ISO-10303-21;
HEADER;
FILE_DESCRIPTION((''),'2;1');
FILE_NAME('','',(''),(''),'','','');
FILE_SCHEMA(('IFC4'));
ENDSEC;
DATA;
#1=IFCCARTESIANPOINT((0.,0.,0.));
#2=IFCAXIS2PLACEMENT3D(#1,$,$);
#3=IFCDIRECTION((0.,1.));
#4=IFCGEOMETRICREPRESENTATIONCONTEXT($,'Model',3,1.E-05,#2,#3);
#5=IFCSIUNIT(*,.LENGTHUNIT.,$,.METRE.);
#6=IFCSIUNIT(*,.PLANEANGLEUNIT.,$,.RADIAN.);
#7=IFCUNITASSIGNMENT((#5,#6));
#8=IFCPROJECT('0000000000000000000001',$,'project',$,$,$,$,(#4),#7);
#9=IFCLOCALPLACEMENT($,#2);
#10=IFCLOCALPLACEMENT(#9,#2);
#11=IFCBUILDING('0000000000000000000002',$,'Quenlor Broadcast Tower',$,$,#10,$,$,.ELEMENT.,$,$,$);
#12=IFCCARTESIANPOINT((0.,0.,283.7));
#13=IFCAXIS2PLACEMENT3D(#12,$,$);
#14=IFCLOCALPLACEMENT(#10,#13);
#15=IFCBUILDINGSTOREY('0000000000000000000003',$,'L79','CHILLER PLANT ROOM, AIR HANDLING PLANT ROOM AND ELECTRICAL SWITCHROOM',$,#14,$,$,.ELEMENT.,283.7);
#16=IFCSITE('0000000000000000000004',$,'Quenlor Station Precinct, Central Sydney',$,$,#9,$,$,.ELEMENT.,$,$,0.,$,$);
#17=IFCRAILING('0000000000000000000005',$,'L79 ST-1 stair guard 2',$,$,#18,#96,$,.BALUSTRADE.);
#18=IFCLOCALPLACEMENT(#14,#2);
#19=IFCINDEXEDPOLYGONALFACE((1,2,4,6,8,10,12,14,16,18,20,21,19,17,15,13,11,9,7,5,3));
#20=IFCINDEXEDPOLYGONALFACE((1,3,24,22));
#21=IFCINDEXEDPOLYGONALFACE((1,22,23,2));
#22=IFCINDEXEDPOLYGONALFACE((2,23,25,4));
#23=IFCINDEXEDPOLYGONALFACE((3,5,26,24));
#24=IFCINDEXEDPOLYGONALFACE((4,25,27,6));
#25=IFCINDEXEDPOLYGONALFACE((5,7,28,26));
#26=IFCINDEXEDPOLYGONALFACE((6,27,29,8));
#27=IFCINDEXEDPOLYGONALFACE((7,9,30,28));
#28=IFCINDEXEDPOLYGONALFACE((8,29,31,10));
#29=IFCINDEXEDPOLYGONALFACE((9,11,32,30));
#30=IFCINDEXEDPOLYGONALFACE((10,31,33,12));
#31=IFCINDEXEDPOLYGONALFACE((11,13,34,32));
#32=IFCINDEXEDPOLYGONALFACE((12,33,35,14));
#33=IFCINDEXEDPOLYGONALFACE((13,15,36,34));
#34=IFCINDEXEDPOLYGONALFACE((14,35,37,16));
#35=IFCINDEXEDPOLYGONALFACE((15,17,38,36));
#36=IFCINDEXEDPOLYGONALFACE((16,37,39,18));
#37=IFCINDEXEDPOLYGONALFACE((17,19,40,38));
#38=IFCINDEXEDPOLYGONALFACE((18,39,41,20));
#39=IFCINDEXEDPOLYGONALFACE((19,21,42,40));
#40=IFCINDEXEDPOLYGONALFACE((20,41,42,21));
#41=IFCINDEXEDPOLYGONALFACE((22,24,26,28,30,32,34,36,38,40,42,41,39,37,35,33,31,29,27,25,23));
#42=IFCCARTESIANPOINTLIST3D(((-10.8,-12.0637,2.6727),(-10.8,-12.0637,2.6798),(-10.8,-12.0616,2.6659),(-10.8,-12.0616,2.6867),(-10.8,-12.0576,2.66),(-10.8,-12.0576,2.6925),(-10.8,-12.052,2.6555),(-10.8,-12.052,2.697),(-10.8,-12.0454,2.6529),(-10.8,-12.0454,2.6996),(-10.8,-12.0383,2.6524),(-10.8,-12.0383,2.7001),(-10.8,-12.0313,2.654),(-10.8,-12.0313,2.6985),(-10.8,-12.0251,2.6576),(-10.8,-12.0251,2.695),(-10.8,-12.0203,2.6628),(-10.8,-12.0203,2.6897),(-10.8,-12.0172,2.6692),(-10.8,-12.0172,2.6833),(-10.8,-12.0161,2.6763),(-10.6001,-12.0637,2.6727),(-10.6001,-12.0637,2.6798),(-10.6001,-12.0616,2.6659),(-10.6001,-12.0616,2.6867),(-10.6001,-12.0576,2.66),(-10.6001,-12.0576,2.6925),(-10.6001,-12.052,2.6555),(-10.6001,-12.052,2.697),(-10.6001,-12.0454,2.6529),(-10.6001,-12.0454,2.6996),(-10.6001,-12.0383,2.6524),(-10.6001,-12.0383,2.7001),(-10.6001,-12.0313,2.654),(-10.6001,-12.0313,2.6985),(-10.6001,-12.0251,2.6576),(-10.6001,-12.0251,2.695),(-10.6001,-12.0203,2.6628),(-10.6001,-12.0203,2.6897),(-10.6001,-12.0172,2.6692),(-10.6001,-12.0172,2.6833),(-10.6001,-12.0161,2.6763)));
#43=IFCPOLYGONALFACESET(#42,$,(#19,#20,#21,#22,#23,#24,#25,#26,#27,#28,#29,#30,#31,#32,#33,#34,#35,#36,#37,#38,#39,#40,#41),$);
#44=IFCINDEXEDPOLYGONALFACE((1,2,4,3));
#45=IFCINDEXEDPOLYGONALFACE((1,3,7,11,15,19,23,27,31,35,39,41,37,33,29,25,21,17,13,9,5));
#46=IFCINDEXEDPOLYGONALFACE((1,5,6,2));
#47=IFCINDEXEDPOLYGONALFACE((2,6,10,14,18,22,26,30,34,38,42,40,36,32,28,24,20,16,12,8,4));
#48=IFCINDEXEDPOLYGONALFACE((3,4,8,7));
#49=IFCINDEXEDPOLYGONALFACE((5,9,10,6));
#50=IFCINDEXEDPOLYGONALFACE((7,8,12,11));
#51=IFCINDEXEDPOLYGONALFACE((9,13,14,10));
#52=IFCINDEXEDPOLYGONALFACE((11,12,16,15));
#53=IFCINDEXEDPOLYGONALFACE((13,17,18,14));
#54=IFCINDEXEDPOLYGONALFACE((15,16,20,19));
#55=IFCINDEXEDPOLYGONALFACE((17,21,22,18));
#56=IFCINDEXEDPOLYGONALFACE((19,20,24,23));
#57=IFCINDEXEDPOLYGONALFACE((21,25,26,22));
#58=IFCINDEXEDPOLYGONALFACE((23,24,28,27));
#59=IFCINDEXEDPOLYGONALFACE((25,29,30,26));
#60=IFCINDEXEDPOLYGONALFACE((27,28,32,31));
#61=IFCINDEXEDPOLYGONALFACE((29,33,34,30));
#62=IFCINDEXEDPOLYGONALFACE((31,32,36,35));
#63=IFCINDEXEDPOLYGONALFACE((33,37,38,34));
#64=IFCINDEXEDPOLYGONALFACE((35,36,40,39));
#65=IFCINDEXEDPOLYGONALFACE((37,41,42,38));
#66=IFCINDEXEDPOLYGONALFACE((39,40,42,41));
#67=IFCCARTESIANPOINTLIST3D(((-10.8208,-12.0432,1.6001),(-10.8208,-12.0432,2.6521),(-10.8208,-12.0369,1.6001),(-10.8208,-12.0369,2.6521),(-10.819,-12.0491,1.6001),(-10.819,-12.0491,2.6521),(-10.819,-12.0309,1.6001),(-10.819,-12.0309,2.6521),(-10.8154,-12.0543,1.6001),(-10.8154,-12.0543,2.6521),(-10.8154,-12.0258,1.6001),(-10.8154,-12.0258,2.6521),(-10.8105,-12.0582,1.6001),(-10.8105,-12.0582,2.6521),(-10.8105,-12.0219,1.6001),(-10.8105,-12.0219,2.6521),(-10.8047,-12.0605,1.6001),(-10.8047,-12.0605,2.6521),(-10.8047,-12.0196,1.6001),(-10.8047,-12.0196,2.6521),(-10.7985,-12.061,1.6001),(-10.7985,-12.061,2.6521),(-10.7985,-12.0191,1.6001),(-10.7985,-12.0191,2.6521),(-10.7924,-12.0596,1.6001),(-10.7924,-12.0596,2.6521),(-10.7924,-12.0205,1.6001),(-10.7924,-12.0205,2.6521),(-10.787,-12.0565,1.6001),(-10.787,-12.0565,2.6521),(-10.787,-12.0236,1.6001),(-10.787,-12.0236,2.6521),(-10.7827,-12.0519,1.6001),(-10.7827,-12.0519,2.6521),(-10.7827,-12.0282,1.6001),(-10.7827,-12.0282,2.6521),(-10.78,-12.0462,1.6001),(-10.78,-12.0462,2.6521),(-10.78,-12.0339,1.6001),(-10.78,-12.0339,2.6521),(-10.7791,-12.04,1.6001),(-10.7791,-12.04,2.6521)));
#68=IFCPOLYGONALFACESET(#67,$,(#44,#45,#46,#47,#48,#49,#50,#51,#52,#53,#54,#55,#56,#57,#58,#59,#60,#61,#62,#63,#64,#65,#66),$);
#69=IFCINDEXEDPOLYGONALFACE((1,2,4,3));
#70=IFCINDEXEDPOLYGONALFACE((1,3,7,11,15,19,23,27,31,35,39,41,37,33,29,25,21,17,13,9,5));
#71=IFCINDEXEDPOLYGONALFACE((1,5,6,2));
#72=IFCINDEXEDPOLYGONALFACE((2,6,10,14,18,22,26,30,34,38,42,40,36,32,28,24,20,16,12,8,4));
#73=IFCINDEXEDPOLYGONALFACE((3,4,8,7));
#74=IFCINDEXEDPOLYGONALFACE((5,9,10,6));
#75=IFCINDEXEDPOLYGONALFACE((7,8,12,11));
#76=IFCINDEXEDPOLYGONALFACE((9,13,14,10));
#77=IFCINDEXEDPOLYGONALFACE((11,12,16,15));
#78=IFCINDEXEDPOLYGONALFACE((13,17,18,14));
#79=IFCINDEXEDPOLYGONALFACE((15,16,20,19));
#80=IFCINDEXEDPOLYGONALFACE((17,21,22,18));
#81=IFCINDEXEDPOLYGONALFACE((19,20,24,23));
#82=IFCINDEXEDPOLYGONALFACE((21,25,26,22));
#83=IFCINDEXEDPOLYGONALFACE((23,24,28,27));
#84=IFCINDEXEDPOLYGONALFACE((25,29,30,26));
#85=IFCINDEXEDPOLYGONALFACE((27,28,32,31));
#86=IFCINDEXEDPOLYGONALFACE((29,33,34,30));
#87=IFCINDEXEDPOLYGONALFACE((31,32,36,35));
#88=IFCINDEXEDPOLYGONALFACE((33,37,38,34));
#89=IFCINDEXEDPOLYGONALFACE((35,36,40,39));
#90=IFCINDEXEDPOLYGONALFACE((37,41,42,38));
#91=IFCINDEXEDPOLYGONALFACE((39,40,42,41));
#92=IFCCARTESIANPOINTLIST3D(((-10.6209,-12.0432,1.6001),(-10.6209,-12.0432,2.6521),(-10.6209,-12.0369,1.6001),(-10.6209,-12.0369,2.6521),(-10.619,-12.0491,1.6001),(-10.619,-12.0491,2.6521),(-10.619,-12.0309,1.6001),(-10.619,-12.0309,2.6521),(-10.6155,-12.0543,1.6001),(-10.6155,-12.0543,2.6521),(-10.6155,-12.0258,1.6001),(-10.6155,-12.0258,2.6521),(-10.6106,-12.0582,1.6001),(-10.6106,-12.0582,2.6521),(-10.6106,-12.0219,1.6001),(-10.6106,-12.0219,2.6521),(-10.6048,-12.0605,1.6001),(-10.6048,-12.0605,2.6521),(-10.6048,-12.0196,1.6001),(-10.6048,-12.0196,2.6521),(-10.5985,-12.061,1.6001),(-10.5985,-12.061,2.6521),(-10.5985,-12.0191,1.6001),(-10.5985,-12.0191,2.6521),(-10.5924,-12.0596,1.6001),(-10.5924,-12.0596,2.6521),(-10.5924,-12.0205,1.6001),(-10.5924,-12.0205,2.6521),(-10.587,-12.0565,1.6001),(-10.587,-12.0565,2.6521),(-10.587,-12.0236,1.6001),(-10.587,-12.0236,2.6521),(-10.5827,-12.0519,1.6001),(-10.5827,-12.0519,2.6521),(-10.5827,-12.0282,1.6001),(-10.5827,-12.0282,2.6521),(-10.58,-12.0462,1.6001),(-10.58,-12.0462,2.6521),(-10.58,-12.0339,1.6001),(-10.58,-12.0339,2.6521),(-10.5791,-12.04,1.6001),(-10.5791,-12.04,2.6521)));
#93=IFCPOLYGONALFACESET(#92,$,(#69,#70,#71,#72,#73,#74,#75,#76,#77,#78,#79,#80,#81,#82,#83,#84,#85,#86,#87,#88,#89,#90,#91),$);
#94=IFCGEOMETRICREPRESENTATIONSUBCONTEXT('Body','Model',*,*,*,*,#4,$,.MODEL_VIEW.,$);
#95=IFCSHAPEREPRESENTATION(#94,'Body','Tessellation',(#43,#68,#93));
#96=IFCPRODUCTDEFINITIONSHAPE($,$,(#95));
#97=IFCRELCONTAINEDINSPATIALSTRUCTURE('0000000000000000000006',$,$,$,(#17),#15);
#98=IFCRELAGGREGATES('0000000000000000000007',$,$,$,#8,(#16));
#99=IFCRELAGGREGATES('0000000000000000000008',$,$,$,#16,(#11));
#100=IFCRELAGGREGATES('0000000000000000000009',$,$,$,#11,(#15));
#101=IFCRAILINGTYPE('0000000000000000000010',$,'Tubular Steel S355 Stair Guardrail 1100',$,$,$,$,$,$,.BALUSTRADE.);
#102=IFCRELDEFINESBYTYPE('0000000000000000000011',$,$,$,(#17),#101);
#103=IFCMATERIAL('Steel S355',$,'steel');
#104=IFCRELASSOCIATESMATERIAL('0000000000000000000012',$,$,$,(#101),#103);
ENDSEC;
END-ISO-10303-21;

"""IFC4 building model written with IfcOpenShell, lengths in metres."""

from ifc_helpers import new_model, si_unit, direction, frame, origin, origin_2d, place, context, subcontext, project, spatial, circle, extrude, material, type_object, element, save


model = new_model("IFC4")

# Units and contexts
model_context = context("Model", 3, precision=1e-05, world=origin(), true_north=direction((0.0, 1.0)))
body_context = subcontext(model_context, "Body", "Model", "MODEL_VIEW")
ifc_project = project(units=[si_unit("LENGTHUNIT", "METRE"), si_unit("PLANEANGLEUNIT", "RADIAN")], contexts=[model_context])

# Site, building, storey
site_placement = place(None, origin())
site = spatial("IfcSite", under=ifc_project, at=site_placement, Name="Quenlor Station Precinct, Central Sydney", CompositionType="ELEMENT", RefElevation=0.0)
building_placement = place(site_placement, origin())
building = spatial("IfcBuilding", under=site, at=building_placement, Name="Quenlor Broadcast Tower", CompositionType="ELEMENT")
storey_placement = place(building_placement, frame((0.0, 0.0, 283.7)))
storey = spatial("IfcBuildingStorey", under=building, at=storey_placement, Name="L79", Description="CHILLER PLANT ROOM, AIR HANDLING PLANT ROOM AND ELECTRICAL SWITCHROOM", CompositionType="ELEMENT", Elevation=283.7)

# Railing
ifc_material_1 = material(Name="Steel S355", Category="steel")
railing_type_1 = type_object("IfcRailingType", Name="Tubular Steel S355 Stair Guardrail 1100", PredefinedType="BALUSTRADE", material=ifc_material_1)
railing_1_placement = place(storey_placement, frame((-10.8, -12.04, 1.6001)))
element("IfcRailing", 1, at=railing_1_placement, inside=storey, type_object=railing_type_1, Name="L79 ST-1 stair guard 2", PredefinedType="BALUSTRADE", context=body_context, shape_type="SweptSolid", body=[
    extrude(circle(Radius=0.0239, at=origin_2d()), frame((0.0, 0.0, 1.0762), z_axis=(1.0, 0.0, 0.0), x_axis=(0.0, 1.0, 0.0)), (0.0, 0.0, 1.0), 0.2),
    extrude(circle(Radius=0.021, at=origin_2d()), origin(), (0.0, 0.0, 1.0), 1.052),
    extrude(circle(Radius=0.021, at=origin_2d()), frame((0.2, 0.0, 0.0)), (0.0, 0.0, 1.0), 1.052),
])

save(model, "model.ifc")
